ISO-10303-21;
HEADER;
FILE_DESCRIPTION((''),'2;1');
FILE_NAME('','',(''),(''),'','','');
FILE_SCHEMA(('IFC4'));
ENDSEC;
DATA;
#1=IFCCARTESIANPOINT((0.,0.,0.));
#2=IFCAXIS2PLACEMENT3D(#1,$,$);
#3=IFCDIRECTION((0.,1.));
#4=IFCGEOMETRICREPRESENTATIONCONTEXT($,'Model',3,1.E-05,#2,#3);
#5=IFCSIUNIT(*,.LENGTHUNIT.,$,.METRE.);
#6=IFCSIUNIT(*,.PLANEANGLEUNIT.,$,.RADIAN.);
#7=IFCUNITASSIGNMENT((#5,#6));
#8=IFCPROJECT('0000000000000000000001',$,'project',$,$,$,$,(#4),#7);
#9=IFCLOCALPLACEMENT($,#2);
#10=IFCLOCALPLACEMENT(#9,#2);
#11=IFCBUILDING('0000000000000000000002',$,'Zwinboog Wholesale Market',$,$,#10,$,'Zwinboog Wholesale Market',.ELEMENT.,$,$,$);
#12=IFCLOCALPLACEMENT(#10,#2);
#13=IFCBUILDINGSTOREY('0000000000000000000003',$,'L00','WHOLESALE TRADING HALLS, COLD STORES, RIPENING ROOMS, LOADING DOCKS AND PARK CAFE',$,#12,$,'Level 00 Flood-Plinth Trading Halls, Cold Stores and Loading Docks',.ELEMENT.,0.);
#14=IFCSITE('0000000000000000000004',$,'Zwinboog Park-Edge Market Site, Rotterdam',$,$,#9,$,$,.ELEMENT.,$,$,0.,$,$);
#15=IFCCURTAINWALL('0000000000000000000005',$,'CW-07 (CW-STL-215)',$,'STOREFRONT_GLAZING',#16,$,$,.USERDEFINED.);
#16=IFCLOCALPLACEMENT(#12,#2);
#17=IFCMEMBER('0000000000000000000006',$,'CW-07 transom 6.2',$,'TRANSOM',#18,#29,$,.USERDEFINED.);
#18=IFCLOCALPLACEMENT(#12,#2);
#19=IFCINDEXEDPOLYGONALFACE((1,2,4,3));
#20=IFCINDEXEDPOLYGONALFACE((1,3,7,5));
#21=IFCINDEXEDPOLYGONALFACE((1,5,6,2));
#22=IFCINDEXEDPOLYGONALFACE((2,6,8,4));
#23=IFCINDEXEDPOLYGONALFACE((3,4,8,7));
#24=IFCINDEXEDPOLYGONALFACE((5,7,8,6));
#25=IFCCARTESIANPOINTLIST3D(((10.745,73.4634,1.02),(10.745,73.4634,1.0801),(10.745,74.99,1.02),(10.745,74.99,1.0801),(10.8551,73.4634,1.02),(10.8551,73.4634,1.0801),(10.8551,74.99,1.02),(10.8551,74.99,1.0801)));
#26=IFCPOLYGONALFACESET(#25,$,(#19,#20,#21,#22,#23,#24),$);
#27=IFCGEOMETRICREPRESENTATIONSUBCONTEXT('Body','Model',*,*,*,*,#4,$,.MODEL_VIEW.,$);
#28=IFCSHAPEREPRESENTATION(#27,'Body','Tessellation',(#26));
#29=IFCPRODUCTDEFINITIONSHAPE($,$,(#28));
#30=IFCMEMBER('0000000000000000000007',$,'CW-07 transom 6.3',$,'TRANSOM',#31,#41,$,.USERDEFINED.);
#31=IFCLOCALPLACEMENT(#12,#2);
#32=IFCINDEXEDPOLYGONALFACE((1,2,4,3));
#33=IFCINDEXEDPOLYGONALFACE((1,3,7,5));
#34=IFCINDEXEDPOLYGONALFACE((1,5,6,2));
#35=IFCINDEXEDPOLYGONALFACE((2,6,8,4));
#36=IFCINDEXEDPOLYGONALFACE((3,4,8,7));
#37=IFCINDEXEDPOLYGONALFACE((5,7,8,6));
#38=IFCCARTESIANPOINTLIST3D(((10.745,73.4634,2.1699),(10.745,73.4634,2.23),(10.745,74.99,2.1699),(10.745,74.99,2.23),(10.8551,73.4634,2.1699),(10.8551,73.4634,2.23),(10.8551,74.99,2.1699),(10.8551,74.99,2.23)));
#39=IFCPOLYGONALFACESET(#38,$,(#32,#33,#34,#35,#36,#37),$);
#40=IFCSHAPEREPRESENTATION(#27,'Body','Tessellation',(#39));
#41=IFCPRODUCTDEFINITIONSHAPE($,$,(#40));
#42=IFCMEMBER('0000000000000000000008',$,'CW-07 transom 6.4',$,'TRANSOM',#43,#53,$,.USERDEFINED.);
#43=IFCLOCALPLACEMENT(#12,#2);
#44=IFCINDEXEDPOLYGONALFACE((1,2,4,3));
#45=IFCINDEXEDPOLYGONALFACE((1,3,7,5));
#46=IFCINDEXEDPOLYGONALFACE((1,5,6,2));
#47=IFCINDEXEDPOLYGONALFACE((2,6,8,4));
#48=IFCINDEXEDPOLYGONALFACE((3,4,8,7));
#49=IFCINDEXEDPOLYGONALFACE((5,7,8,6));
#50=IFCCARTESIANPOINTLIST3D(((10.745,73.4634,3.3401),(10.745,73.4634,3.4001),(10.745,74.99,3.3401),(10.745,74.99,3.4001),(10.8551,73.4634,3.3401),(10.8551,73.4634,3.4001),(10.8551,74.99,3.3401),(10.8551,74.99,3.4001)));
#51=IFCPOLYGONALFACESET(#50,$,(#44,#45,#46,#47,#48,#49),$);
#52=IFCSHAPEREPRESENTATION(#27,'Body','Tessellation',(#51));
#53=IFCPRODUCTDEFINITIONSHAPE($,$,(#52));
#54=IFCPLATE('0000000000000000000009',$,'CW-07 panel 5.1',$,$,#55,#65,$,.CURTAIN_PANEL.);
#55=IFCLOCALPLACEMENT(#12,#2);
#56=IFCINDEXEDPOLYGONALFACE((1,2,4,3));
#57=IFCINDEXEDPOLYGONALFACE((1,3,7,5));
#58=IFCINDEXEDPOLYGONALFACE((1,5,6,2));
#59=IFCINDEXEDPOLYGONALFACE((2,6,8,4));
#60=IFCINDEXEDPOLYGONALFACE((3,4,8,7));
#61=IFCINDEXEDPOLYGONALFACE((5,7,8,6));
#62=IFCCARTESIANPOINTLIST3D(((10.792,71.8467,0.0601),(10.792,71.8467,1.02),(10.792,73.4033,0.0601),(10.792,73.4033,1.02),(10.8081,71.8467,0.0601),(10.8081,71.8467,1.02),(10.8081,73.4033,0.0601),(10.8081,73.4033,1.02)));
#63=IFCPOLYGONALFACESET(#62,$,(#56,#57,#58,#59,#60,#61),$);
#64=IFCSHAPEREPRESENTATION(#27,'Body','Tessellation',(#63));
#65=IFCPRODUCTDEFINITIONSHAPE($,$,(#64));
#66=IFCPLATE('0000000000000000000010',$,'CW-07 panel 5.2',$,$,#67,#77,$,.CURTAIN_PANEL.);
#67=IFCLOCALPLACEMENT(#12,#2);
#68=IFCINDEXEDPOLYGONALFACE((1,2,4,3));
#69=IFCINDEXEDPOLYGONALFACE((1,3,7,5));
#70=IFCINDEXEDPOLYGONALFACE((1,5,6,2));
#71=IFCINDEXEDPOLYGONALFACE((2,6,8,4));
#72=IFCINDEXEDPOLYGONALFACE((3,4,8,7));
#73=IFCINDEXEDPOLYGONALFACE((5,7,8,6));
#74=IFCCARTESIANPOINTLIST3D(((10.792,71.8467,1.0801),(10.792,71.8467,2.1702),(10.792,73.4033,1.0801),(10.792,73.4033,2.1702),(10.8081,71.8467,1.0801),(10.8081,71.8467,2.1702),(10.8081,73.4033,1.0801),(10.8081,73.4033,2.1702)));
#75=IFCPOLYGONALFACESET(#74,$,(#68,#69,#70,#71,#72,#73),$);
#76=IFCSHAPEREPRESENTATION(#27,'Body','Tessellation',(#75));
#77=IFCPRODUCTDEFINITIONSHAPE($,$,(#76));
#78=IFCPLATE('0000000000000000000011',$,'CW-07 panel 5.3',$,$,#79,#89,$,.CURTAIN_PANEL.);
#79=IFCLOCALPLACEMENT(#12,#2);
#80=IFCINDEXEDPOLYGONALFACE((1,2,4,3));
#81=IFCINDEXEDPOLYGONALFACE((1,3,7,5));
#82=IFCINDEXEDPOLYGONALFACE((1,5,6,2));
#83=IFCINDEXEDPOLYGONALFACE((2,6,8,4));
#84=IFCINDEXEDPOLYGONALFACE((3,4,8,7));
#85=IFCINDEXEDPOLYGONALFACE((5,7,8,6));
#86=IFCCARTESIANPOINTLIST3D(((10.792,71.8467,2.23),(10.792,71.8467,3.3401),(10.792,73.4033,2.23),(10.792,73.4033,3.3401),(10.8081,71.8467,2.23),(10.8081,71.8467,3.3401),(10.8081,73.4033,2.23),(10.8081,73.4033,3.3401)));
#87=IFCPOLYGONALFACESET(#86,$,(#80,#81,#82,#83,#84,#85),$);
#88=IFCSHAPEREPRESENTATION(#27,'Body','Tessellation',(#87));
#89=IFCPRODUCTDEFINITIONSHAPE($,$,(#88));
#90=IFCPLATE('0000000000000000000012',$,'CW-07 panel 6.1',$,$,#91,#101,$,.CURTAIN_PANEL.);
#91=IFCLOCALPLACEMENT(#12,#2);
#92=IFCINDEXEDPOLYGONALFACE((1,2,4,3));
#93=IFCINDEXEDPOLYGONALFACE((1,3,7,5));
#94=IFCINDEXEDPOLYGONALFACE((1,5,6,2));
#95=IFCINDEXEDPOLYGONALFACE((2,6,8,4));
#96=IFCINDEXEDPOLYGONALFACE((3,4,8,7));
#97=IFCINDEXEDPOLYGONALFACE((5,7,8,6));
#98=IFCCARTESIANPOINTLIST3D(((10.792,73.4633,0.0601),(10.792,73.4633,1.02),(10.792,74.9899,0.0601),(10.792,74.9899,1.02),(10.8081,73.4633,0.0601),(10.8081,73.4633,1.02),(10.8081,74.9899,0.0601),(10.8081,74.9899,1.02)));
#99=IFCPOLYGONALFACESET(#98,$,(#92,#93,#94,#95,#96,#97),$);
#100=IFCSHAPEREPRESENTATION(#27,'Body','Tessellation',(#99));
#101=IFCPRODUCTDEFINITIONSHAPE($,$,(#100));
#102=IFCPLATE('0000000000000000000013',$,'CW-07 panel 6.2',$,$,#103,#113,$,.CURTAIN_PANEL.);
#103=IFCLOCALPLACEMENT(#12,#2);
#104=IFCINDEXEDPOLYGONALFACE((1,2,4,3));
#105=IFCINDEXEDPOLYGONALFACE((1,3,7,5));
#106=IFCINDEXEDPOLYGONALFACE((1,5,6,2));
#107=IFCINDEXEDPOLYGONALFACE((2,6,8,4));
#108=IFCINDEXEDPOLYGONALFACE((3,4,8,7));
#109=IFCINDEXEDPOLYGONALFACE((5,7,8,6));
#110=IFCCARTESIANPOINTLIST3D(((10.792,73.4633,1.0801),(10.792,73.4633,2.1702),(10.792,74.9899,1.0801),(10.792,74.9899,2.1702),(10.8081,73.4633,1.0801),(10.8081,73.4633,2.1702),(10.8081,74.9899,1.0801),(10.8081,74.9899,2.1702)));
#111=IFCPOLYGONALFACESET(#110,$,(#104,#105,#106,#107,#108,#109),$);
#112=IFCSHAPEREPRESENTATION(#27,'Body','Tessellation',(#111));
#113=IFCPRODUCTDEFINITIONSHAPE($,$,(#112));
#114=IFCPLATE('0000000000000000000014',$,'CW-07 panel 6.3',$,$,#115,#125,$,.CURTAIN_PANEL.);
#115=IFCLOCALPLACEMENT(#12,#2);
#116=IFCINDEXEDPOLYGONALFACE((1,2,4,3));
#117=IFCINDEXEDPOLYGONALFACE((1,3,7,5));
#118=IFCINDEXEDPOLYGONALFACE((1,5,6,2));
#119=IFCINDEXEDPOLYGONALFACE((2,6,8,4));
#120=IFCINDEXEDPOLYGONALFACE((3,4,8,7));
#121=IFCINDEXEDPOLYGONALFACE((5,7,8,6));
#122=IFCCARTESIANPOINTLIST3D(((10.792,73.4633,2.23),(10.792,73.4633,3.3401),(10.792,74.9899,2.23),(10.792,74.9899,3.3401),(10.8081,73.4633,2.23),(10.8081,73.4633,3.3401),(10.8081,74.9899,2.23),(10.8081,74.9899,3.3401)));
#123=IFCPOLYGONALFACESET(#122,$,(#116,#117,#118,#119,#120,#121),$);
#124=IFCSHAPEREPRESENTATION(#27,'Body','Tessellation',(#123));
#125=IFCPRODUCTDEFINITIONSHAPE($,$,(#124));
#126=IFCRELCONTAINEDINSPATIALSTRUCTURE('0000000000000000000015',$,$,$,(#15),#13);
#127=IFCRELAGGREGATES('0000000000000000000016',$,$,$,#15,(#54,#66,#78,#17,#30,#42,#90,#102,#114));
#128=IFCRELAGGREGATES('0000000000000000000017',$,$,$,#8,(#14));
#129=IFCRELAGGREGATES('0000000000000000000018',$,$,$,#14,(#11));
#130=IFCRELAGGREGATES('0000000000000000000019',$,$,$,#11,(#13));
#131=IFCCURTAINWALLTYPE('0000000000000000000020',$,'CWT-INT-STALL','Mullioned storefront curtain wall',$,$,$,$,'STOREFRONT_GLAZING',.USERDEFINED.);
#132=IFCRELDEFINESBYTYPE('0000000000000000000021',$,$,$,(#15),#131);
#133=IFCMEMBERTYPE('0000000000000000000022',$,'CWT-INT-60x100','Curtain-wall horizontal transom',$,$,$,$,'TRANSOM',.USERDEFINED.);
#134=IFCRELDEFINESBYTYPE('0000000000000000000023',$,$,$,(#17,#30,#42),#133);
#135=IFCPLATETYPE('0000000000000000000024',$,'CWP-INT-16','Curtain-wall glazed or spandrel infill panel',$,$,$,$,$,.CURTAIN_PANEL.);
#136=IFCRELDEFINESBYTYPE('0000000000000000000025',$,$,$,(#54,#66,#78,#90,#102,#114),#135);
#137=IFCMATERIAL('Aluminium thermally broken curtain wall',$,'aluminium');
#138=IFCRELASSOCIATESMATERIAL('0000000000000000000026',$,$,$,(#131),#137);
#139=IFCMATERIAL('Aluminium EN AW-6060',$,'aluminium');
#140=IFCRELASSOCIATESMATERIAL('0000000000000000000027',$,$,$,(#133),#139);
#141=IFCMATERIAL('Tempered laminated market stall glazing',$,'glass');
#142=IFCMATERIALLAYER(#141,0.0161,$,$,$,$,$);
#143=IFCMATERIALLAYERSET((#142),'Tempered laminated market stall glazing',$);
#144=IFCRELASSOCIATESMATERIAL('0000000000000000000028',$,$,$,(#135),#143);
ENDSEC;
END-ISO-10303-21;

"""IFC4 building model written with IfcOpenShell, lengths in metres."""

from ifc_helpers import new_model, si_unit, direction, frame, origin, origin_2d, place, context, subcontext, project, spatial, rectangle, extrude, material, layer, layer_set, material_profile, profile_set, type_object, element, aggregate, save


model = new_model("IFC4")

# Units and contexts
model_context = context("Model", 3, precision=1e-05, world=origin(), true_north=direction((0.0, 1.0)))
body_context = subcontext(model_context, "Body", "Model", "MODEL_VIEW")
ifc_project = project(units=[si_unit("LENGTHUNIT", "METRE"), si_unit("PLANEANGLEUNIT", "RADIAN")], contexts=[model_context])

# Site, building, storey
site_placement = place(None, origin())
site = spatial("IfcSite", under=ifc_project, at=site_placement, Name="Zwinboog Park-Edge Market Site, Rotterdam", CompositionType="ELEMENT", RefElevation=0.0)
building_placement = place(site_placement, origin())
building = spatial("IfcBuilding", under=site, at=building_placement, Name="Zwinboog Wholesale Market", LongName="Zwinboog Wholesale Market", CompositionType="ELEMENT")
storey_placement = place(building_placement, origin())
storey = spatial("IfcBuildingStorey", under=building, at=storey_placement, Name="L00", Description="WHOLESALE TRADING HALLS, COLD STORES, RIPENING ROOMS, LOADING DOCKS AND PARK CAFE", LongName="Level 00 Flood-Plinth Trading Halls, Cold Stores and Loading Docks", CompositionType="ELEMENT", Elevation=0.0)

# Curtain wall, members, plates
ifc_material_1 = material(Name="Aluminium thermally broken curtain wall", Category="aluminium")
curtain_wall_type = type_object("IfcCurtainWallType", Name="CWT-INT-STALL", Description="Mullioned storefront curtain wall", ElementType="STOREFRONT_GLAZING", PredefinedType="USERDEFINED", material=ifc_material_1)
curtain_wall_placement = place(storey_placement, origin())
curtain_wall = element("IfcCurtainWall", 1, at=curtain_wall_placement, inside=storey, type_object=curtain_wall_type, Name="CW-07 (CW-STL-215)", ObjectType="STOREFRONT_GLAZING", PredefinedType="USERDEFINED")
ifc_material_2 = material(Name="Aluminium EN AW-6060", Category="aluminium")
ifc_material_profile_1 = material_profile(ifc_material_2, rectangle(XDim=0.1101, YDim=0.0601, at=origin_2d()), Name="AL 60x110")
ifc_profile_set_1 = profile_set([ifc_material_profile_1], Name="Aluminium EN AW-6060")
member_type_1 = type_object("IfcMemberType", Name="CWT-INT-60x100", Description="Curtain-wall horizontal transom", ElementType="TRANSOM", PredefinedType="USERDEFINED", material=ifc_profile_set_1)
member_1_placement = place(storey_placement, frame((10.8, 73.4634, 1.05), z_axis=(0.0, 1.0, 0.0), x_axis=(-1.0, 0.0, 0.0)))
member_1 = element("IfcMember", 2, at=member_1_placement, type_object=member_type_1, Name="CW-07 transom 6.2", ObjectType="TRANSOM", PredefinedType="USERDEFINED", context=body_context, shape_type="SweptSolid", body=[
    extrude(rectangle(XDim=0.1101, YDim=0.0601, at=origin_2d()), origin(), (0.0, 0.0, 1.0), 1.5266),
])
member_2_placement = place(storey_placement, frame((10.8, 73.4634, 2.2), z_axis=(0.0, 1.0, 0.0), x_axis=(-1.0, 0.0, 0.0)))
member_2 = element("IfcMember", 3, at=member_2_placement, type_object=member_type_1, Name="CW-07 transom 6.3", ObjectType="TRANSOM", PredefinedType="USERDEFINED", context=body_context, shape_type="SweptSolid", body=[
    extrude(rectangle(XDim=0.1101, YDim=0.0601, at=origin_2d()), origin(), (0.0, 0.0, 1.0), 1.5266),
])
member_3_placement = place(storey_placement, frame((10.8, 73.4634, 3.3701), z_axis=(0.0, 1.0, 0.0), x_axis=(-1.0, 0.0, 0.0)))
member_3 = element("IfcMember", 4, at=member_3_placement, type_object=member_type_1, Name="CW-07 transom 6.4", ObjectType="TRANSOM", PredefinedType="USERDEFINED", context=body_context, shape_type="SweptSolid", body=[
    extrude(rectangle(XDim=0.1101, YDim=0.0601, at=origin_2d()), origin(), (0.0, 0.0, 1.0), 1.5266),
])
ifc_material_3 = material(Name="Tempered laminated market stall glazing", Category="glass")
ifc_layer = layer(ifc_material_3, 0.0161)
ifc_layer_set = layer_set([ifc_layer], Name="Tempered laminated market stall glazing")
plate_type = type_object("IfcPlateType", Name="CWP-INT-16", Description="Curtain-wall glazed or spandrel infill panel", PredefinedType="CURTAIN_PANEL", material=ifc_layer_set)
plate_1_placement = place(storey_placement, frame((10.8, 72.625, 0.0601), z_axis=(0.0, 0.0, 1.0), x_axis=(0.0, 1.0, 0.0)))
plate_1 = element("IfcPlate", 5, at=plate_1_placement, type_object=plate_type, Name="CW-07 panel 5.1", PredefinedType="CURTAIN_PANEL", context=body_context, shape_type="SweptSolid", body=[
    extrude(rectangle(XDim=1.5566, YDim=0.0161, at=origin_2d()), origin(), (0.0, 0.0, 1.0), 0.96),
])
plate_2_placement = place(storey_placement, frame((10.8, 72.625, 1.0801), z_axis=(0.0, 0.0, 1.0), x_axis=(0.0, 1.0, 0.0)))
plate_2 = element("IfcPlate", 6, at=plate_2_placement, type_object=plate_type, Name="CW-07 panel 5.2", PredefinedType="CURTAIN_PANEL", context=body_context, shape_type="SweptSolid", body=[
    extrude(rectangle(XDim=1.5566, YDim=0.0161, at=origin_2d()), origin(), (0.0, 0.0, 1.0), 1.0901),
])
plate_3_placement = place(storey_placement, frame((10.8, 72.625, 2.23), z_axis=(0.0, 0.0, 1.0), x_axis=(0.0, 1.0, 0.0)))
plate_3 = element("IfcPlate", 7, at=plate_3_placement, type_object=plate_type, Name="CW-07 panel 5.3", PredefinedType="CURTAIN_PANEL", context=body_context, shape_type="SweptSolid", body=[
    extrude(rectangle(XDim=1.5566, YDim=0.0161, at=origin_2d()), origin(), (0.0, 0.0, 1.0), 1.1101),
])
plate_4_placement = place(storey_placement, frame((10.8, 74.2266, 0.0601), z_axis=(0.0, 0.0, 1.0), x_axis=(0.0, 1.0, 0.0)))
plate_4 = element("IfcPlate", 8, at=plate_4_placement, type_object=plate_type, Name="CW-07 panel 6.1", PredefinedType="CURTAIN_PANEL", context=body_context, shape_type="SweptSolid", body=[
    extrude(rectangle(XDim=1.5266, YDim=0.0161, at=origin_2d()), origin(), (0.0, 0.0, 1.0), 0.96),
])
plate_5_placement = place(storey_placement, frame((10.8, 74.2266, 1.0801), z_axis=(0.0, 0.0, 1.0), x_axis=(0.0, 1.0, 0.0)))
plate_5 = element("IfcPlate", 9, at=plate_5_placement, type_object=plate_type, Name="CW-07 panel 6.2", PredefinedType="CURTAIN_PANEL", context=body_context, shape_type="SweptSolid", body=[
    extrude(rectangle(XDim=1.5266, YDim=0.0161, at=origin_2d()), origin(), (0.0, 0.0, 1.0), 1.0901),
])
plate_6_placement = place(storey_placement, frame((10.8, 74.2266, 2.23), z_axis=(0.0, 0.0, 1.0), x_axis=(0.0, 1.0, 0.0)))
plate_6 = element("IfcPlate", 10, at=plate_6_placement, type_object=plate_type, Name="CW-07 panel 6.3", PredefinedType="CURTAIN_PANEL", context=body_context, shape_type="SweptSolid", body=[
    extrude(rectangle(XDim=1.5266, YDim=0.0161, at=origin_2d()), origin(), (0.0, 0.0, 1.0), 1.1101),
])
aggregate(curtain_wall, [plate_1, plate_2, plate_3, member_1, member_2, member_3, plate_4, plate_5, plate_6])

save(model, "model.ifc")
